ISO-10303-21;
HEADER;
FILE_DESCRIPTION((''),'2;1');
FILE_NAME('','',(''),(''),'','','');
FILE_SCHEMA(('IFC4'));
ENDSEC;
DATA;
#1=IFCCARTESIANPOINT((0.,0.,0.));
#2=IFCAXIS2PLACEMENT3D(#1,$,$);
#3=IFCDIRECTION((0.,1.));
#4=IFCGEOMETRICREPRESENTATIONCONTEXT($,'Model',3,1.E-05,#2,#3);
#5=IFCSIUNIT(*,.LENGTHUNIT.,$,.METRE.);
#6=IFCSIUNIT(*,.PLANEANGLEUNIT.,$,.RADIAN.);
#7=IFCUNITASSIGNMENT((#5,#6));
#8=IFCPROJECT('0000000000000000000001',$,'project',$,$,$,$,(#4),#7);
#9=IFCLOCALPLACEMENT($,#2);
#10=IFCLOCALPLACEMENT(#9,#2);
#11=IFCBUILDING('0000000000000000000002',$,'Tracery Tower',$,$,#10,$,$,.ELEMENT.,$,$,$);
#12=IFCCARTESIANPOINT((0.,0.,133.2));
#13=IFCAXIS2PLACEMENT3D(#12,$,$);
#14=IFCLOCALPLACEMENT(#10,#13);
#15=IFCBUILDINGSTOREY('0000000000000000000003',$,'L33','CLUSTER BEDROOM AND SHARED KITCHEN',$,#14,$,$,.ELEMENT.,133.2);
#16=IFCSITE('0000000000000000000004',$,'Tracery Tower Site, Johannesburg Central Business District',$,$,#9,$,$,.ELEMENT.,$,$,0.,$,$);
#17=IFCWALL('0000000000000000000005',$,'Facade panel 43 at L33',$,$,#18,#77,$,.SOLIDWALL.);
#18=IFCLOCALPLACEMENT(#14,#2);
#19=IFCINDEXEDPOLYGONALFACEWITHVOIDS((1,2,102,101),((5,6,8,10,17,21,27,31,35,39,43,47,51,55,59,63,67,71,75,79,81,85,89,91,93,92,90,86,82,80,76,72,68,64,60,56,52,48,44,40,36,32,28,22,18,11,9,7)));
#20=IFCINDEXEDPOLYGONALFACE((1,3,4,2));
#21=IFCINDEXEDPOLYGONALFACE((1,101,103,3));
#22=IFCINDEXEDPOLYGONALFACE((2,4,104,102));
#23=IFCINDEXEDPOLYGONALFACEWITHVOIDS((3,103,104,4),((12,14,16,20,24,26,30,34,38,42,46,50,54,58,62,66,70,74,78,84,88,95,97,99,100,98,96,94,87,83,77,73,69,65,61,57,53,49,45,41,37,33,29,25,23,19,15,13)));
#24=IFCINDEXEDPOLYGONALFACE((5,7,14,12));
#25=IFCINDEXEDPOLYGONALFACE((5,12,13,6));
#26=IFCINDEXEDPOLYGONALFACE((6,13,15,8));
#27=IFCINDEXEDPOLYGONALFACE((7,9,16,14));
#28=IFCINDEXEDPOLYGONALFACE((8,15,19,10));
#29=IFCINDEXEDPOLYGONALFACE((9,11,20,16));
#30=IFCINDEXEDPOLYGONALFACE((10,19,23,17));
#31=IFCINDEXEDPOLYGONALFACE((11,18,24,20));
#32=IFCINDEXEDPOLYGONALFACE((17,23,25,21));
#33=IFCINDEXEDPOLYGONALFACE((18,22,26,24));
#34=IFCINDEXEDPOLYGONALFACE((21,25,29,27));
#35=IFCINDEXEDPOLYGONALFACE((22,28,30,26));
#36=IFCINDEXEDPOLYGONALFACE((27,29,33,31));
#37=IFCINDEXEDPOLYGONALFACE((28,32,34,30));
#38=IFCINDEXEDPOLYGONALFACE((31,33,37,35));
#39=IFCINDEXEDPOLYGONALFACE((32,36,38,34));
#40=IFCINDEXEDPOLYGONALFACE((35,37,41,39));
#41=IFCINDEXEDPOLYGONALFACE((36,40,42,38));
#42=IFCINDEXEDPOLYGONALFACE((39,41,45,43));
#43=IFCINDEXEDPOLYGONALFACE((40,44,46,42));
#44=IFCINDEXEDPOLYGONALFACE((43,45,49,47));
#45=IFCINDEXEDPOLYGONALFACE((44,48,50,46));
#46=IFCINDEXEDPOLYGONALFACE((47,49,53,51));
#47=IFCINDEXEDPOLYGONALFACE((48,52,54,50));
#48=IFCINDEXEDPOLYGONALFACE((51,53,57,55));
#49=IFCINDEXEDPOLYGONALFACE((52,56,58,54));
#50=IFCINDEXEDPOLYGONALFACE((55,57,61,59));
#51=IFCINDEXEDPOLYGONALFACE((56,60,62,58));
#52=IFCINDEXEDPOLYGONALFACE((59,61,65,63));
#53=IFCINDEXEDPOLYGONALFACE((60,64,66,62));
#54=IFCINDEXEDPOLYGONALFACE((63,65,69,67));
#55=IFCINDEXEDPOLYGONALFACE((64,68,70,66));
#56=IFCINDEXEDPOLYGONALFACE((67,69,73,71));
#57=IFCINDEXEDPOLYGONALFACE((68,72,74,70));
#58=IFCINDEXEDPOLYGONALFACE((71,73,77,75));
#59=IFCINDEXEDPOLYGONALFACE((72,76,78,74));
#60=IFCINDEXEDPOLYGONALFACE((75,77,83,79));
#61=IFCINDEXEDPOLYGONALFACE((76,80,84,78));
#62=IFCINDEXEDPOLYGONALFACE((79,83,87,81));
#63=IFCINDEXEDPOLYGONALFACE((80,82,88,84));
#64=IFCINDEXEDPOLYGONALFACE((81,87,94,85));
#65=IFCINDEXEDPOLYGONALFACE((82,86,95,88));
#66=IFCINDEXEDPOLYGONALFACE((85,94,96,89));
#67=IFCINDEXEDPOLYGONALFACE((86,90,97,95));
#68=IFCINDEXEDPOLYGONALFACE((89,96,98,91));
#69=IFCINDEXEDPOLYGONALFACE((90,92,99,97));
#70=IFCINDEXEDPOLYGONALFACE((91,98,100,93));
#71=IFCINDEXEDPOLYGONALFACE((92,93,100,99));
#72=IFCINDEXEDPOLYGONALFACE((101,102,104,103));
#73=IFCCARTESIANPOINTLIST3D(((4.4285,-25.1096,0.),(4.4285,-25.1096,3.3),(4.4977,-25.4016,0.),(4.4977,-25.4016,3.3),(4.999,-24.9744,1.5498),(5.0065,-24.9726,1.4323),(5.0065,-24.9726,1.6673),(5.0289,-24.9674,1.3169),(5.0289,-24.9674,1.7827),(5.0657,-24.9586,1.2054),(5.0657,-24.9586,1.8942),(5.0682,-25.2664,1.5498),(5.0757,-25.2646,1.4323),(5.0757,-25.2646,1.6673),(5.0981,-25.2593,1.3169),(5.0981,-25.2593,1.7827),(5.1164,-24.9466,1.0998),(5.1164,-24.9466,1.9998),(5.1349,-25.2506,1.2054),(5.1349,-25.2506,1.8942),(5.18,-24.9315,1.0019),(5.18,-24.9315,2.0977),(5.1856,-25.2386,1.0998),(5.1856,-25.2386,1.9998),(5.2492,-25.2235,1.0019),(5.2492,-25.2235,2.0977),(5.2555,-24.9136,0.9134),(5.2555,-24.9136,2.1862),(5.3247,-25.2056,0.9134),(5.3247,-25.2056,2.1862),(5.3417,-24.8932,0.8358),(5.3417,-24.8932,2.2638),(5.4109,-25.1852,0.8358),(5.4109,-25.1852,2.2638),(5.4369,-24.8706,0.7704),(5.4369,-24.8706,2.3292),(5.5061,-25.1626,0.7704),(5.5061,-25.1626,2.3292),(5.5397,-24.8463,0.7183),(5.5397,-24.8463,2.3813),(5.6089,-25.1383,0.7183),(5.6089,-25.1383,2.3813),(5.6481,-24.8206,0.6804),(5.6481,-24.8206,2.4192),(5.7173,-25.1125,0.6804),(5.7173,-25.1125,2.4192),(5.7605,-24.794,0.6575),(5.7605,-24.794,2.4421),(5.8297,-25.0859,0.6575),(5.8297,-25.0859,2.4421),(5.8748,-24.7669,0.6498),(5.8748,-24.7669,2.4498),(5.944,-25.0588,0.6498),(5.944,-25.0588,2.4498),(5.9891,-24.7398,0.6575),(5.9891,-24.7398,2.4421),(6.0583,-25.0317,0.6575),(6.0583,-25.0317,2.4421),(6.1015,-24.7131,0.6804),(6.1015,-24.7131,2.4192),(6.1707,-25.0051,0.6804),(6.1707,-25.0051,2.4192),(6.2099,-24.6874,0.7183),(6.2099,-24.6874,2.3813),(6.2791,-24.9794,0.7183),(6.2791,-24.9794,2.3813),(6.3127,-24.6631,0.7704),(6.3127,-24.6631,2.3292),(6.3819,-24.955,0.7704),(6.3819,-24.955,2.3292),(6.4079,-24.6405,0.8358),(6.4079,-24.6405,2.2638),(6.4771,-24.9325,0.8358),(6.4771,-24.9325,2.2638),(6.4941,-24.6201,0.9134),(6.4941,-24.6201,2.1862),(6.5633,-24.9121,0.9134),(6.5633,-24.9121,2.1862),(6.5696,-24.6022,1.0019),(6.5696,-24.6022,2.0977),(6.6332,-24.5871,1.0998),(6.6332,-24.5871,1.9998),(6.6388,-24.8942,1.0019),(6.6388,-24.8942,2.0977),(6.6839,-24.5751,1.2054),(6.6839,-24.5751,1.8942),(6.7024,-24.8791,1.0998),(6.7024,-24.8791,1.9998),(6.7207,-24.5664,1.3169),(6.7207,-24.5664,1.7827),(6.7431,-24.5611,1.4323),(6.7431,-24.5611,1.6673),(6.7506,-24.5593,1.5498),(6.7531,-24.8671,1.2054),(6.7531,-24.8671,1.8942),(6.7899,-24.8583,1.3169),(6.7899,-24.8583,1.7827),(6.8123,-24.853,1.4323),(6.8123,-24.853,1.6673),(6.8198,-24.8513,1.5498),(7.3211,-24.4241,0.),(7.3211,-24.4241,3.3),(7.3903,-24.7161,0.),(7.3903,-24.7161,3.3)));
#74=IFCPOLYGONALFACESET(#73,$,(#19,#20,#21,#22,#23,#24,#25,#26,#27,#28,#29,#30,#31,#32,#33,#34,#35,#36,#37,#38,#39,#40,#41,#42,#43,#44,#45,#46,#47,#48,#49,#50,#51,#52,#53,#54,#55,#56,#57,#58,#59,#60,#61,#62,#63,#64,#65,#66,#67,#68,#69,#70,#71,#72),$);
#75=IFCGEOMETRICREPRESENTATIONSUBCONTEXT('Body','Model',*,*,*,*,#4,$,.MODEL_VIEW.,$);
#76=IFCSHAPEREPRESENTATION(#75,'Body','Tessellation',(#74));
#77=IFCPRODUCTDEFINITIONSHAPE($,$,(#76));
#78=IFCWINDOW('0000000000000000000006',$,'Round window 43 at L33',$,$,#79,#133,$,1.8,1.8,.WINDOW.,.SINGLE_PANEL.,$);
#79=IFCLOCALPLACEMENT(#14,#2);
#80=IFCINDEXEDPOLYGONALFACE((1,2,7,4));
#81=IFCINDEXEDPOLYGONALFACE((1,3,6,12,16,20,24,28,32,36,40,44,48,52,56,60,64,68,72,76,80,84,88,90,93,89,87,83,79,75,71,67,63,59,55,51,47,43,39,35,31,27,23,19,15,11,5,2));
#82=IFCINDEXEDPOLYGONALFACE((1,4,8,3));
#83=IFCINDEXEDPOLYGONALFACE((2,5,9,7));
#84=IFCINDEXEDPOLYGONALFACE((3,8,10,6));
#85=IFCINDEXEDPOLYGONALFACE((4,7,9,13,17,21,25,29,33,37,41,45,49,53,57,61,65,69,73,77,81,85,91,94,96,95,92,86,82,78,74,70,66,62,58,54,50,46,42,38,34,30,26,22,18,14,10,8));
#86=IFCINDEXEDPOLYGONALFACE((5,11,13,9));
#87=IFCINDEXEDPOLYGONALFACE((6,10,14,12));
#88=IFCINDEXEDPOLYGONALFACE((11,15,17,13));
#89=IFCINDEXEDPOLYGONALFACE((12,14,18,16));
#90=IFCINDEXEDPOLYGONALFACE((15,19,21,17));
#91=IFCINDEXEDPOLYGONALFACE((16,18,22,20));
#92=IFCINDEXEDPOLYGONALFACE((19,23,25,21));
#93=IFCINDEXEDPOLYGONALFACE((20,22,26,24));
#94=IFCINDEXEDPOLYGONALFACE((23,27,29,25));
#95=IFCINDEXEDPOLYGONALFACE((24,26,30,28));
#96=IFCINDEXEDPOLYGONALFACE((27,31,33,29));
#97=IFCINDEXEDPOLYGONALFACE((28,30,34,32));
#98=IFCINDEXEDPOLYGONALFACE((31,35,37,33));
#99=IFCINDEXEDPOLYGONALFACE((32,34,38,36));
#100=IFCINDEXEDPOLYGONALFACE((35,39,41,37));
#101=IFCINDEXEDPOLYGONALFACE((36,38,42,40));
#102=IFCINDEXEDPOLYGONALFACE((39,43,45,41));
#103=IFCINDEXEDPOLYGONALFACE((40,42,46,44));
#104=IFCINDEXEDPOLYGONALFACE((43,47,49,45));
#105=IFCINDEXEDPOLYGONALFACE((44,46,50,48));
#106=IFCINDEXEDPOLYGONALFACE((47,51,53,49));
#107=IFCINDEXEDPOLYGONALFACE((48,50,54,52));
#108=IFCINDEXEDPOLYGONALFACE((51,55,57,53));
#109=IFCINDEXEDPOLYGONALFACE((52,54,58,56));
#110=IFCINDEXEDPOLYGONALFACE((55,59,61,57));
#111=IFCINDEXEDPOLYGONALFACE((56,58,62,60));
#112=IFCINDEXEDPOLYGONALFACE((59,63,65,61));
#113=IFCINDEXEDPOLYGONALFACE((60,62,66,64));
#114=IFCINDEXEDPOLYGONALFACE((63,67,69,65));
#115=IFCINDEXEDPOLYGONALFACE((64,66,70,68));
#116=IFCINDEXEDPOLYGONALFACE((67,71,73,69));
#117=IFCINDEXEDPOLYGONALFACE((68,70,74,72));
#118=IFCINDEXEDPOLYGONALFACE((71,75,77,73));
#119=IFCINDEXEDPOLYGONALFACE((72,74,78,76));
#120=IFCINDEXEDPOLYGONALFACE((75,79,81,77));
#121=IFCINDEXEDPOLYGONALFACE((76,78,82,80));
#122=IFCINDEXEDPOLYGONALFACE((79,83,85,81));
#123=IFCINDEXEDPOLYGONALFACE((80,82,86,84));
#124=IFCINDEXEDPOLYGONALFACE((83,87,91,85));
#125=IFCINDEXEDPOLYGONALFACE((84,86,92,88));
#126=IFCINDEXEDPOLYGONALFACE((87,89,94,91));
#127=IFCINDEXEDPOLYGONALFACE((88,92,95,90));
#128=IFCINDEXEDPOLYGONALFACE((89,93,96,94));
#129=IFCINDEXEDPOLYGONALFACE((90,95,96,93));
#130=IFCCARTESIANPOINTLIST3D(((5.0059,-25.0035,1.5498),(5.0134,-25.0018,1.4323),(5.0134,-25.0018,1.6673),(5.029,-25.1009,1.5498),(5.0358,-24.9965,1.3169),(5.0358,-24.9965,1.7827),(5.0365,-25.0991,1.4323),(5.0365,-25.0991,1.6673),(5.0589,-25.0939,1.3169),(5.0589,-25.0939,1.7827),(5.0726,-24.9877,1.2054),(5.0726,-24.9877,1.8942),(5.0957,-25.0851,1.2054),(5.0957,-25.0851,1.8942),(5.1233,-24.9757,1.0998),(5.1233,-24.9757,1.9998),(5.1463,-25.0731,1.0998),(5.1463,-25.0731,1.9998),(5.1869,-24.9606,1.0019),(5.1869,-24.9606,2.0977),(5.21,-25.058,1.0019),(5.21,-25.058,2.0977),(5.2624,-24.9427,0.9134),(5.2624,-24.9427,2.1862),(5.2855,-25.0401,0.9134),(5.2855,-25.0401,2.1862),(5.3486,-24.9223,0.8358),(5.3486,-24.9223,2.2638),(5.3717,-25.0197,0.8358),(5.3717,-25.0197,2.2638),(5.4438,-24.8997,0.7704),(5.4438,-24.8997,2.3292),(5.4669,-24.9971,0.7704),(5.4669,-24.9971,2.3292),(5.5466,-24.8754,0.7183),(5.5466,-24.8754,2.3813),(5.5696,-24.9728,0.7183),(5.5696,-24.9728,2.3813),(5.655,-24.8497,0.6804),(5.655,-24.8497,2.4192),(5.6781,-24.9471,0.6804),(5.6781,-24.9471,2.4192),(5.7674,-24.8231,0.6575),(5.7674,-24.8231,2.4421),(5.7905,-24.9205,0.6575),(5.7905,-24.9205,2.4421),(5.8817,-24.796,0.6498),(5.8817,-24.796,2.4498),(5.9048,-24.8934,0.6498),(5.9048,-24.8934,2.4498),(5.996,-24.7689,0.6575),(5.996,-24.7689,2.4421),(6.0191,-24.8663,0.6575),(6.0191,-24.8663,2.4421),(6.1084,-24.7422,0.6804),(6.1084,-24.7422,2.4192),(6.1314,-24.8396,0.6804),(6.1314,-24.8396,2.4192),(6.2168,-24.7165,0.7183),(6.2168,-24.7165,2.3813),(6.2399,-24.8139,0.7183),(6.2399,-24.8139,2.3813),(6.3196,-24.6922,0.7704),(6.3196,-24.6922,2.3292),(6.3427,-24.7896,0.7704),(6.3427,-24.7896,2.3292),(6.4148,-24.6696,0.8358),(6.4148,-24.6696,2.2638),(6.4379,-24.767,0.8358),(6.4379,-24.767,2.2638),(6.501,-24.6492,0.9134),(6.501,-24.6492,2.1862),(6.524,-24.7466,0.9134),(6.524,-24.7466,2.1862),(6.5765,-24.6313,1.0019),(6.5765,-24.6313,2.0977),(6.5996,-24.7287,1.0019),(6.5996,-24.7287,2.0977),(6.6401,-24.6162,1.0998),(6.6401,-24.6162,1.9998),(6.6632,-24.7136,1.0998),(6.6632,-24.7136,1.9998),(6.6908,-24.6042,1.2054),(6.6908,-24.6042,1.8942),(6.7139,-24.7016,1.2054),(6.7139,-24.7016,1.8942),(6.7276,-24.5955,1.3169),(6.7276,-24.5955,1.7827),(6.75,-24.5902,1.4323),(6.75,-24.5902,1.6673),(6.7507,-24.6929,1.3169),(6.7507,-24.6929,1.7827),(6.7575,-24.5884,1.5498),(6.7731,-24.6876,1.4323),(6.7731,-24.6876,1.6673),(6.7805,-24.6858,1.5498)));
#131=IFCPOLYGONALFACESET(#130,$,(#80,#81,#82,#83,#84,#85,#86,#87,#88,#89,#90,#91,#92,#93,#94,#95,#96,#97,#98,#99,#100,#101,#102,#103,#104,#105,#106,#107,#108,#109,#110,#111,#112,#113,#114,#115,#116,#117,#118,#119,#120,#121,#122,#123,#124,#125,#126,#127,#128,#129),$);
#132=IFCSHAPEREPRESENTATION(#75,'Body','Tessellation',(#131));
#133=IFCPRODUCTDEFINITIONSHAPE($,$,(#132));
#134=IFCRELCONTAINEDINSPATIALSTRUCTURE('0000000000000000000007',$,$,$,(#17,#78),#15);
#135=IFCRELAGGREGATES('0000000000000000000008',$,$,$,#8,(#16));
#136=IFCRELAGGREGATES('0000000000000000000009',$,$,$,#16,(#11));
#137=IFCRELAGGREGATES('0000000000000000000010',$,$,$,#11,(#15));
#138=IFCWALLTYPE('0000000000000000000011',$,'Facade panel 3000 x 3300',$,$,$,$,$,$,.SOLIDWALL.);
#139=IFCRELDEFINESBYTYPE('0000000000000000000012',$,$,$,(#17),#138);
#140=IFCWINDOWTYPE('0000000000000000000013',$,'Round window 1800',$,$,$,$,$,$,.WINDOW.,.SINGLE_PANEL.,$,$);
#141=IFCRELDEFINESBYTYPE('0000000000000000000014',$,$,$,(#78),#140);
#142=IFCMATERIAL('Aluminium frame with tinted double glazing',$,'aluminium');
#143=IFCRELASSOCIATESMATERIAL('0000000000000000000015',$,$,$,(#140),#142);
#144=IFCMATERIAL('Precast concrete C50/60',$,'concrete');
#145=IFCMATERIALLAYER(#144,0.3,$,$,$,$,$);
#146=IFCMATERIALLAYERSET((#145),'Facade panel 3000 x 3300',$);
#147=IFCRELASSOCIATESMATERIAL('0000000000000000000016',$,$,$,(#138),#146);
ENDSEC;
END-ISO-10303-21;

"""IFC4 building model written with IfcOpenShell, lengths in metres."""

from ifc_helpers import new_model, si_unit, direction, frame, frame_2d, origin, origin_2d, place, context, subcontext, project, spatial, rectangle, circle, extrude, material, layer, layer_set, type_object, element, fill, save


model = new_model("IFC4")

# Units and contexts
model_context = context("Model", 3, precision=1e-05, world=origin(), true_north=direction((0.0, 1.0)))
body_context = subcontext(model_context, "Body", "Model", "MODEL_VIEW")
ifc_project = project(units=[si_unit("LENGTHUNIT", "METRE"), si_unit("PLANEANGLEUNIT", "RADIAN")], contexts=[model_context])

# Site, building, storey
site_placement = place(None, origin())
site = spatial("IfcSite", under=ifc_project, at=site_placement, Name="Tracery Tower Site, Johannesburg Central Business District", CompositionType="ELEMENT", RefElevation=0.0)
building_placement = place(site_placement, origin())
building = spatial("IfcBuilding", under=site, at=building_placement, Name="Tracery Tower", CompositionType="ELEMENT")
storey_placement = place(building_placement, frame((0.0, 0.0, 133.2)))
storey = spatial("IfcBuildingStorey", under=building, at=storey_placement, Name="L33", Description="CLUSTER BEDROOM AND SHARED KITCHEN", CompositionType="ELEMENT", Elevation=133.2)

# Wall, opening, window
ifc_material_1 = material(Name="Aluminium frame with tinted double glazing", Category="aluminium")
window_type = type_object("IfcWindowType", Name="Round window 1800", PartitioningType="SINGLE_PANEL", PredefinedType="WINDOW", material=ifc_material_1)
ifc_material_2 = material(Name="Precast concrete C50/60", Category="concrete")
ifc_layer_1 = layer(ifc_material_2, 0.3)
ifc_layer_set_1 = layer_set([ifc_layer_1], Name="Facade panel 3000 x 3300")
wall_type_1 = type_object("IfcWallType", Name="Facade panel 3000 x 3300", PredefinedType="SOLIDWALL", material=ifc_layer_set_1)
wall_1_placement = place(storey_placement, frame((4.4631, -25.2556, 0.0), z_axis=(0.0, 0.0, 1.0), x_axis=(0.973045, 0.230614, 0.0)))
wall_1 = element("IfcWall", 1, at=wall_1_placement, inside=storey, type_object=wall_type_1, Name="Facade panel 43 at L33", PredefinedType="SOLIDWALL", context=body_context, shape_type="SweptSolid", body=[
    extrude(rectangle(XDim=2.9727, YDim=0.3, at=frame_2d((1.4863, 0.0))), origin(), (0.0, 0.0, 1.0), 3.3),
])
opening_1_placement = place(wall_1_placement, frame((1.4863, 0.0, 1.5498)))
opening_1 = element("IfcOpeningElement", 2, at=opening_1_placement, cuts=wall_1, PredefinedType="OPENING", context=body_context, shape_type="SweptSolid", body=[
    extrude(circle(Radius=0.9, at=origin_2d()), frame((0.0, 0.1599, 0.0), z_axis=(0.0, -1.0, 0.0), x_axis=(1.0, 0.0, 0.0)), (0.0, 0.0, 1.0), 0.3201),
])
window_1_placement = place(opening_1_placement, origin())
window_1 = element("IfcWindow", 3, at=window_1_placement, inside=storey, type_object=window_type, Name="Round window 43 at L33", OverallHeight=1.8, OverallWidth=1.8, PartitioningType="SINGLE_PANEL", PredefinedType="WINDOW", context=body_context, shape_type="SweptSolid", body=[
    extrude(circle(Radius=0.9, at=origin_2d()), frame((0.0, 0.1201, 0.0), z_axis=(0.0, -1.0, 0.0), x_axis=(1.0, 0.0, 0.0)), (0.0, 0.0, 1.0), 0.1001),
])
fill(opening_1, window_1)

save(model, "model.ifc")
